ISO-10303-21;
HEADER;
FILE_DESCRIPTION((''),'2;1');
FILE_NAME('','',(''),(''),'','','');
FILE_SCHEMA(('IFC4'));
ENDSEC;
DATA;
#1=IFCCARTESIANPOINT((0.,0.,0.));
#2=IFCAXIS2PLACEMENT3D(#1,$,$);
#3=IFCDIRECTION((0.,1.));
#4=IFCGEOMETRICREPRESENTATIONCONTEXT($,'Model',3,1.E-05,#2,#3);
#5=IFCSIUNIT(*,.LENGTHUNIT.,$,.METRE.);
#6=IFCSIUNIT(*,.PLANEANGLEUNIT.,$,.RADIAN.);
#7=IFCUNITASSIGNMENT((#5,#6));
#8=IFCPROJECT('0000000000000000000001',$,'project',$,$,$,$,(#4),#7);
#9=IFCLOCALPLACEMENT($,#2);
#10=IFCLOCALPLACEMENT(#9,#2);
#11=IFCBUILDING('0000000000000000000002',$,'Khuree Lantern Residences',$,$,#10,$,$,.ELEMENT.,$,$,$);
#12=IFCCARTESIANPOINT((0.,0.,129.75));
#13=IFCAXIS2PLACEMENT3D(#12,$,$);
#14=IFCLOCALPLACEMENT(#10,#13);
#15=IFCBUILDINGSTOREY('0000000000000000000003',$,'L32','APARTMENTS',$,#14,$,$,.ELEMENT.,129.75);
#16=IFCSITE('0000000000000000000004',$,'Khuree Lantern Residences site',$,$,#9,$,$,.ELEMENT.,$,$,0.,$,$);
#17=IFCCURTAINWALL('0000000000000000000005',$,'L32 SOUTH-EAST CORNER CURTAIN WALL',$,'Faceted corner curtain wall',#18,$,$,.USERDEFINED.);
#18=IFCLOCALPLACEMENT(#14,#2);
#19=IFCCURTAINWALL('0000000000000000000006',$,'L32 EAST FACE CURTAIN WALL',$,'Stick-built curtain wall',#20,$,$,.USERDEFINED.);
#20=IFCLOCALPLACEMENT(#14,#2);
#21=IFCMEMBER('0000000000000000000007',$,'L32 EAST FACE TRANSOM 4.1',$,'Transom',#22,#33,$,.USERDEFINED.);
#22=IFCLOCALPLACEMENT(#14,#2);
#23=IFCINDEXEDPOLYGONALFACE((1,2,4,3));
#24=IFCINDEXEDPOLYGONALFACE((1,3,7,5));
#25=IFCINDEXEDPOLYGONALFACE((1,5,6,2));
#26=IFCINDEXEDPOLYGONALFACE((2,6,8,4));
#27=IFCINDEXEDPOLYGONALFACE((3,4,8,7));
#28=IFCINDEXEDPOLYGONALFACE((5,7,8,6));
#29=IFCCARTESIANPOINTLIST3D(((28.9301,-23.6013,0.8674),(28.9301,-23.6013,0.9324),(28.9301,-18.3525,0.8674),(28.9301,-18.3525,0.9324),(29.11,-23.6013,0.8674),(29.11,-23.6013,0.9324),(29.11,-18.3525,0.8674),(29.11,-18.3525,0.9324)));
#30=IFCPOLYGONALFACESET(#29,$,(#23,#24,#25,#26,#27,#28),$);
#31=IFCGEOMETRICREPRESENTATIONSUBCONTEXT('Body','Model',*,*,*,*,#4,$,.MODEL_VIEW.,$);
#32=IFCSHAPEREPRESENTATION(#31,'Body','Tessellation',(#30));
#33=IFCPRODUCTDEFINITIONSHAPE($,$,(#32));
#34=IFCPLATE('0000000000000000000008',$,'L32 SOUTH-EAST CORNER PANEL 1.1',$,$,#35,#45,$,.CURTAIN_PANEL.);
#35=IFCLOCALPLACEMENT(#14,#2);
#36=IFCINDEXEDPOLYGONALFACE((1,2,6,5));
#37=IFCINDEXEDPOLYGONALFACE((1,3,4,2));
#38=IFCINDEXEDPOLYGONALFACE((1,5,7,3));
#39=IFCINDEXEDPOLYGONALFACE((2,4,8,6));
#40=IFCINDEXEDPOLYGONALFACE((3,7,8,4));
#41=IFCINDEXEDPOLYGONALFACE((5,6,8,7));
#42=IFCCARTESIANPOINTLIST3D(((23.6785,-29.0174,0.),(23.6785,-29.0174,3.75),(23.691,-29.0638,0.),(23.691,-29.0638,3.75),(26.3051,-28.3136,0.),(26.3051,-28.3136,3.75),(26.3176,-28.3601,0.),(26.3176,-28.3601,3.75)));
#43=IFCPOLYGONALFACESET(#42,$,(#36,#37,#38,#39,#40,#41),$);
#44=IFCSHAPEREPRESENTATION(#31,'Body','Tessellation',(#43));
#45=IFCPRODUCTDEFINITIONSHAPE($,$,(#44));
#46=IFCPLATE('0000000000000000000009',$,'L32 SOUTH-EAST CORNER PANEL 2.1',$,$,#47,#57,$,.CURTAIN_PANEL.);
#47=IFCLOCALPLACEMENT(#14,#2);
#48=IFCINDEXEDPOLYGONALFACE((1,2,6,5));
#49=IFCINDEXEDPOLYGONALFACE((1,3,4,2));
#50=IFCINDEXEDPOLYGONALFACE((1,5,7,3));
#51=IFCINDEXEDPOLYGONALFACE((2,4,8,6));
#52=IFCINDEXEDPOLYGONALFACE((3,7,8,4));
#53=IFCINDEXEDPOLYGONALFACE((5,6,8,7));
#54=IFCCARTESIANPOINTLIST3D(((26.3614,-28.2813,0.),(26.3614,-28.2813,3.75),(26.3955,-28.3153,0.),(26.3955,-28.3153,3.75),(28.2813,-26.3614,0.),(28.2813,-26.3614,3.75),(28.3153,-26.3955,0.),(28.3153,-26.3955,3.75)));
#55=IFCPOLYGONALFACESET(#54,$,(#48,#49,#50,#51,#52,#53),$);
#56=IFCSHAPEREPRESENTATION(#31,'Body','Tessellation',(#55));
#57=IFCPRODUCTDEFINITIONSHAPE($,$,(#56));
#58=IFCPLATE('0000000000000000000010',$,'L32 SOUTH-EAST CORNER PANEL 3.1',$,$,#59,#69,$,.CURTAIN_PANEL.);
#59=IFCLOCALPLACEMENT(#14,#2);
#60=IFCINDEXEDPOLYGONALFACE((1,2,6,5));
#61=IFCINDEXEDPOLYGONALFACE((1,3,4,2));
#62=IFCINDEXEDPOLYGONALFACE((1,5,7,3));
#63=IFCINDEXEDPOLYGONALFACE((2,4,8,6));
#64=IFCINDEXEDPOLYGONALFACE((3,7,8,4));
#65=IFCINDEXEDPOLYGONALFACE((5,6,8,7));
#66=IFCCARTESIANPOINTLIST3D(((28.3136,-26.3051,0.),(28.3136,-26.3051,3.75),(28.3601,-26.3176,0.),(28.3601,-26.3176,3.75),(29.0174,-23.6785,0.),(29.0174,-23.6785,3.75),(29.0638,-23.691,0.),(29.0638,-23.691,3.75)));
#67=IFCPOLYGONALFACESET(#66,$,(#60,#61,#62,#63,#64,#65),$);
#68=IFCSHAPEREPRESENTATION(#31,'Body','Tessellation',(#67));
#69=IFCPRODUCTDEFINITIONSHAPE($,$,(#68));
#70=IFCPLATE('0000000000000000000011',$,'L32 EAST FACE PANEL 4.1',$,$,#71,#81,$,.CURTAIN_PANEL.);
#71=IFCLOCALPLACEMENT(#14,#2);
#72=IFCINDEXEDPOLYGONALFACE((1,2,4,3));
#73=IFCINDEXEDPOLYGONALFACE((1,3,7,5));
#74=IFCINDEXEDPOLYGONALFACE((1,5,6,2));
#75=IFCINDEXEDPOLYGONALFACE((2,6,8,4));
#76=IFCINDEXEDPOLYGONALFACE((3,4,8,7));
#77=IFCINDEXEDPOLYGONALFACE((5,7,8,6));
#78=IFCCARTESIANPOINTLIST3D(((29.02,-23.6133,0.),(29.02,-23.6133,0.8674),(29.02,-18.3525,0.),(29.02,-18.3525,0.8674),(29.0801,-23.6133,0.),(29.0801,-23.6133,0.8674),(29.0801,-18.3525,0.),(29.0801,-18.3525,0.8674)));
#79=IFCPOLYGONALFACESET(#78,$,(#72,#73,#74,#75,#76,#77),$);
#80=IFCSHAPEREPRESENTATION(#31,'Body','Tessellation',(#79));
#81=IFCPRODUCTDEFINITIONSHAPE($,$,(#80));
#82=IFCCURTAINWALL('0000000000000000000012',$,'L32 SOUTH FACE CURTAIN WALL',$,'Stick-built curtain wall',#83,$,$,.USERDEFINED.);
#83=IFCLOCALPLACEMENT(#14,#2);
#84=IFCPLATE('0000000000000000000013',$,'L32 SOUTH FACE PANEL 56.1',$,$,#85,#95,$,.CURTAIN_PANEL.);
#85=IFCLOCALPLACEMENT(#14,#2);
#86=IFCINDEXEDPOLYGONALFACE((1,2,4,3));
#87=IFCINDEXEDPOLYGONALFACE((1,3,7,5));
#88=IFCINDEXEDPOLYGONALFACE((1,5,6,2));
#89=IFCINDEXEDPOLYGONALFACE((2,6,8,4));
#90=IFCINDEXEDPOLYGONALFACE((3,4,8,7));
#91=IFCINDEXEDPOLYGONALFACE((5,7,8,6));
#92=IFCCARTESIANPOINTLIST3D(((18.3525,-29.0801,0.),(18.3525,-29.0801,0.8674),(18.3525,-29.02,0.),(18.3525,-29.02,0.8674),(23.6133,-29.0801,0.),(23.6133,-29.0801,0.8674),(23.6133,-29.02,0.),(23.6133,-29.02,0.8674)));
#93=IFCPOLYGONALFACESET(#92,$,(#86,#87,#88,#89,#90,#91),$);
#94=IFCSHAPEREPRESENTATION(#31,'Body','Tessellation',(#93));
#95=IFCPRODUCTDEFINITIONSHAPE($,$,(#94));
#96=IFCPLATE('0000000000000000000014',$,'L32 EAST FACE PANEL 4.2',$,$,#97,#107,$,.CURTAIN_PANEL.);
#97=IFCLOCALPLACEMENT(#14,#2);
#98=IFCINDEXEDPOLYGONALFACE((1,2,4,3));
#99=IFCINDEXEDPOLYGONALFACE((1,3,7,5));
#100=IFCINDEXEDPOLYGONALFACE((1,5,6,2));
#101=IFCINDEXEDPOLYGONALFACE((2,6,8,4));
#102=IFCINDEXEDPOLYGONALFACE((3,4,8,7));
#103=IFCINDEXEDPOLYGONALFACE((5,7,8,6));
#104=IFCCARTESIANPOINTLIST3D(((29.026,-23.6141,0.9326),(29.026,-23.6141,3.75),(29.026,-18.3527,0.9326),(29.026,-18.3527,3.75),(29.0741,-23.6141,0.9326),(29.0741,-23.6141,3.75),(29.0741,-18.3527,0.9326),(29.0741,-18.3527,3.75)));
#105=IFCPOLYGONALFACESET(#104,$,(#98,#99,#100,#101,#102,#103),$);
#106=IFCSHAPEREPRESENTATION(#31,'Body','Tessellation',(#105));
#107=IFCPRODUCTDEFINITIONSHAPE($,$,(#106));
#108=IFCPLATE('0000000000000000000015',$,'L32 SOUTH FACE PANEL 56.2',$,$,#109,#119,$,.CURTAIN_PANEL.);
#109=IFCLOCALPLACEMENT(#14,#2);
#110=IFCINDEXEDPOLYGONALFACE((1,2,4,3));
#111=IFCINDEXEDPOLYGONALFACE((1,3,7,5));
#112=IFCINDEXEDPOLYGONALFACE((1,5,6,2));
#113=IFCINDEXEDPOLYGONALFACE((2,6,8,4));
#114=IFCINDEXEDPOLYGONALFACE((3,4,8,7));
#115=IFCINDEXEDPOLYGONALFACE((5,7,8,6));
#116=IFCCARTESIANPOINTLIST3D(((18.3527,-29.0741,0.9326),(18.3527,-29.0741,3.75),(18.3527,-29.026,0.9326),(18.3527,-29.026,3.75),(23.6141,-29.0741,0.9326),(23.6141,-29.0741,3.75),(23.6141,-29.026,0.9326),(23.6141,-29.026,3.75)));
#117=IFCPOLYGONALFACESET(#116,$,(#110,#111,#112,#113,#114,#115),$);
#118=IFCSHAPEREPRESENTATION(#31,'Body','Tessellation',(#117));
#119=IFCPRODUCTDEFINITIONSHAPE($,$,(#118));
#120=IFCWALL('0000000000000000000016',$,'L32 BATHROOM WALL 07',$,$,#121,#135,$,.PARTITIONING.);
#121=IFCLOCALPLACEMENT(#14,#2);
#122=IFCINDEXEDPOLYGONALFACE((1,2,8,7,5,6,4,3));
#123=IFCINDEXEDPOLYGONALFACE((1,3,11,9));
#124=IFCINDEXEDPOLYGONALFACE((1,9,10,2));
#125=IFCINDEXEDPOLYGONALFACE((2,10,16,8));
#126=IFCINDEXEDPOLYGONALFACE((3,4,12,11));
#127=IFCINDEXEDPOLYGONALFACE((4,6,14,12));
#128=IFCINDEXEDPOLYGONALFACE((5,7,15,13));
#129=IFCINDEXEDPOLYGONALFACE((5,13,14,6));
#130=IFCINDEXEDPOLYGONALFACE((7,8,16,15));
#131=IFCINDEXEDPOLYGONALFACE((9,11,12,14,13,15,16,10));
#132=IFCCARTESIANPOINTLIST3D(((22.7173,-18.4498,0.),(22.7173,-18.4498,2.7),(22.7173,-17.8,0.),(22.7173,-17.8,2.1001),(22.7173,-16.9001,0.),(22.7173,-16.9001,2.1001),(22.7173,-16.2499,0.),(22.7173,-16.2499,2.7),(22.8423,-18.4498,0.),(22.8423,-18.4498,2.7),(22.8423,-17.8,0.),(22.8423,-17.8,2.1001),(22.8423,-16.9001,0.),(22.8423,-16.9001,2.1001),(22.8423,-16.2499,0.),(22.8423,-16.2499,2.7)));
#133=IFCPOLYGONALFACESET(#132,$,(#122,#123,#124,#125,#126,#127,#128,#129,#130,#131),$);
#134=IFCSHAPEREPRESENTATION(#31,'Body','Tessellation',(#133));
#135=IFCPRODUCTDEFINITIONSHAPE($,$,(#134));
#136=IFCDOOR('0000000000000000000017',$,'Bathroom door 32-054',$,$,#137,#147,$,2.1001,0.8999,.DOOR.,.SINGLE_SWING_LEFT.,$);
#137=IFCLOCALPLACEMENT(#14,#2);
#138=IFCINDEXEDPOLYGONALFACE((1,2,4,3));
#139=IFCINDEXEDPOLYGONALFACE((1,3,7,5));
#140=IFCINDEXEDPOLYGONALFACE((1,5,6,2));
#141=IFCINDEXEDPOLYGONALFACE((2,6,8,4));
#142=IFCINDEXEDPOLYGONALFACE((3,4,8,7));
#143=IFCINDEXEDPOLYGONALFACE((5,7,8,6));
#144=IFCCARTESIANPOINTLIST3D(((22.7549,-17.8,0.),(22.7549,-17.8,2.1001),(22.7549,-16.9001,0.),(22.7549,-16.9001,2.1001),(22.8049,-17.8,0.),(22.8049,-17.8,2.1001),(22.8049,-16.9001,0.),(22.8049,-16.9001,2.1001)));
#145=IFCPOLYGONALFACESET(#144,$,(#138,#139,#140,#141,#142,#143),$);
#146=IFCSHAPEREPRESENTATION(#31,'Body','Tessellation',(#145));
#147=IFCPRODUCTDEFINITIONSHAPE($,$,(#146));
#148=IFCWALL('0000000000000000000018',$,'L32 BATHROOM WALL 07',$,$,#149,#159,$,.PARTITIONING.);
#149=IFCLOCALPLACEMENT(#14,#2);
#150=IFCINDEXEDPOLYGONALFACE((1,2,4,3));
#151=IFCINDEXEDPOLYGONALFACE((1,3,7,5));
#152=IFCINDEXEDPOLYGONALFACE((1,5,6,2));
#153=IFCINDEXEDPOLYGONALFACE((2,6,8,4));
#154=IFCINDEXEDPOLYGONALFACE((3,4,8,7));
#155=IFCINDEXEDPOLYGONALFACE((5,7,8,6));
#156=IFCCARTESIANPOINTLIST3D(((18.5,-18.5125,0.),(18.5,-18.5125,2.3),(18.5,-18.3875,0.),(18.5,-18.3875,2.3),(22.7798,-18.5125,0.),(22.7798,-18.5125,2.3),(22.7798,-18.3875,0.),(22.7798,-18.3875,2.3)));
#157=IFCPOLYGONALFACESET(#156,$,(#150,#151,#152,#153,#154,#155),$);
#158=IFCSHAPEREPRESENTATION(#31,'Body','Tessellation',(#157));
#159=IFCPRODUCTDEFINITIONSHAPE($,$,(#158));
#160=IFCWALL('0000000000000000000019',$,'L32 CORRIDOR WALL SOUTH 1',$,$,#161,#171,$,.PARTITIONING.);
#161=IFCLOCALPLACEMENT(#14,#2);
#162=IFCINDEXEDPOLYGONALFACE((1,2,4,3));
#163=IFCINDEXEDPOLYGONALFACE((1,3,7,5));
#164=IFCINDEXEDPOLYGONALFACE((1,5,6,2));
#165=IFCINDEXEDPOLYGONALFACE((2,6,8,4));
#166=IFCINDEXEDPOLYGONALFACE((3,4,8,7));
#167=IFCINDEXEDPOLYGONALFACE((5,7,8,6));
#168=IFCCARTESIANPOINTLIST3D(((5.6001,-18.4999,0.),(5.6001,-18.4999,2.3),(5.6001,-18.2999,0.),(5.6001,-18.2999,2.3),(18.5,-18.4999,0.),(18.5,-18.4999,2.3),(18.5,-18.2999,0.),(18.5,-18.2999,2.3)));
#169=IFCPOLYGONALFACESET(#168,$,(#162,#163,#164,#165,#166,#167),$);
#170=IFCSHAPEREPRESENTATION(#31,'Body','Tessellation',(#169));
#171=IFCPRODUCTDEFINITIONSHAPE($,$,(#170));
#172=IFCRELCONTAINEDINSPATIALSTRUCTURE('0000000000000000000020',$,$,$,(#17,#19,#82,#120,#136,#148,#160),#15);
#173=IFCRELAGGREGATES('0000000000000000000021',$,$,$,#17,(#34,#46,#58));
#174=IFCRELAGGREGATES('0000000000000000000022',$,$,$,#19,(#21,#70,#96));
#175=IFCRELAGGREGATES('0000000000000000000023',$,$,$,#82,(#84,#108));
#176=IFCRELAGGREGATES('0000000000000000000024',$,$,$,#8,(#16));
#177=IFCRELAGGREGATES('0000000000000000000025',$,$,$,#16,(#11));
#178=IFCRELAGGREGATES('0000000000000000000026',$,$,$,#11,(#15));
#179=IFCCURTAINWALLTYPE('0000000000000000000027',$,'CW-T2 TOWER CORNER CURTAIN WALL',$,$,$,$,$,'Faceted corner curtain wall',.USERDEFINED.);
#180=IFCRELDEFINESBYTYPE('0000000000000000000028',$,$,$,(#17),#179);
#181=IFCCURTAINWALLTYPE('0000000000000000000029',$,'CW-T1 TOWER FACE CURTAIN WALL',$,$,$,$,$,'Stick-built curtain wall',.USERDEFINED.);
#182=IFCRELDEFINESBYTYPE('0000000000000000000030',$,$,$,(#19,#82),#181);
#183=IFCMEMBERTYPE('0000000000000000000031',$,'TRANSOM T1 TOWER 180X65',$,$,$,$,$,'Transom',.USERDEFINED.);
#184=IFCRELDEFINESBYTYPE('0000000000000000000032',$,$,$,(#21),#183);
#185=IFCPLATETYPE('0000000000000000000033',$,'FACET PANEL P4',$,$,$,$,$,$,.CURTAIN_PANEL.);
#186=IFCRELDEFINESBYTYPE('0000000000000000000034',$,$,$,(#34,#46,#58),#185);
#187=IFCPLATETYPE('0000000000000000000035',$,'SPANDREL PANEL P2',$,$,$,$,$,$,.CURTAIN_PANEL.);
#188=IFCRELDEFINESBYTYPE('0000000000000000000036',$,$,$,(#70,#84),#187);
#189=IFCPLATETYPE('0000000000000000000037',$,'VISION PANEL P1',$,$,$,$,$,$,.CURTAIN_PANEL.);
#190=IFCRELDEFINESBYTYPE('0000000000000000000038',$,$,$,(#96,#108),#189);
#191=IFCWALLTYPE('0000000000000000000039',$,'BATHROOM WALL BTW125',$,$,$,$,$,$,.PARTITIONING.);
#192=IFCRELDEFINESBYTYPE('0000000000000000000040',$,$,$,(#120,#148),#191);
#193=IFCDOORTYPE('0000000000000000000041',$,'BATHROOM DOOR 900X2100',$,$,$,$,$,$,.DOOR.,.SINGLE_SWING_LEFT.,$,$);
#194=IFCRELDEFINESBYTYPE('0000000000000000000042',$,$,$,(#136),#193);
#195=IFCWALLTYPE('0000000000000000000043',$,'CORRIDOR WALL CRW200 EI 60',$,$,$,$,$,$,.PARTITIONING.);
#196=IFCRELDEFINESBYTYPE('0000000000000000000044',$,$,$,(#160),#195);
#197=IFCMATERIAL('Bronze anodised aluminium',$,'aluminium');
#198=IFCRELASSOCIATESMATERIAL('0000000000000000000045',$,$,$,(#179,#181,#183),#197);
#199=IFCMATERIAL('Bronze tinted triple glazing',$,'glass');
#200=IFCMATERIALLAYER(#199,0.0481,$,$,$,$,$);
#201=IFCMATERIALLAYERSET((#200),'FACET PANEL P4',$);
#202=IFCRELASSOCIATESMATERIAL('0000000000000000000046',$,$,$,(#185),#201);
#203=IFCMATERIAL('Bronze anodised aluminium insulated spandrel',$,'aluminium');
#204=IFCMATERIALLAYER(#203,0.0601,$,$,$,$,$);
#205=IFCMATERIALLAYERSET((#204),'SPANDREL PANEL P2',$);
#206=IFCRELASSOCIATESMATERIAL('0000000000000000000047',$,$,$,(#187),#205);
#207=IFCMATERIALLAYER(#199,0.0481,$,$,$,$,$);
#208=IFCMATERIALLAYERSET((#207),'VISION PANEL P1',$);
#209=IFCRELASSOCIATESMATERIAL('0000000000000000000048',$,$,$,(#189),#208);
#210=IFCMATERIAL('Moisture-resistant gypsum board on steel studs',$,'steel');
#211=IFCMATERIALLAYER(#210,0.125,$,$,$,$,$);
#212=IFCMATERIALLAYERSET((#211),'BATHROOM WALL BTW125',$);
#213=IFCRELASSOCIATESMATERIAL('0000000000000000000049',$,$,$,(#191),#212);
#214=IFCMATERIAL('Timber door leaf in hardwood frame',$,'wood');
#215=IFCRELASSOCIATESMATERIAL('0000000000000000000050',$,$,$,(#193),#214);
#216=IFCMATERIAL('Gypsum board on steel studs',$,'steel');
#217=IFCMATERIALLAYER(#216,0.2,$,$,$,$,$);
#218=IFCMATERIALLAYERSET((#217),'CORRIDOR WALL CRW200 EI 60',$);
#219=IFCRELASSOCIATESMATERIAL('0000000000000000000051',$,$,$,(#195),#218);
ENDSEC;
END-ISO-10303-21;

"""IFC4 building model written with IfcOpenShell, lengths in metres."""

from ifc_helpers import new_model, si_unit, direction, frame, frame_2d, origin, origin_2d, place, context, subcontext, project, spatial, rectangle, extrude, material, layer, layer_set, material_profile, profile_set, type_object, element, fill, aggregate, save


model = new_model("IFC4")

# Units and contexts
model_context = context("Model", 3, precision=1e-05, world=origin(), true_north=direction((0.0, 1.0)))
body_context = subcontext(model_context, "Body", "Model", "MODEL_VIEW")
ifc_project = project(units=[si_unit("LENGTHUNIT", "METRE"), si_unit("PLANEANGLEUNIT", "RADIAN")], contexts=[model_context])

# Site, building, storey
site_placement = place(None, origin())
site = spatial("IfcSite", under=ifc_project, at=site_placement, Name="Khuree Lantern Residences site", CompositionType="ELEMENT", RefElevation=0.0)
building_placement = place(site_placement, origin())
building = spatial("IfcBuilding", under=site, at=building_placement, Name="Khuree Lantern Residences", CompositionType="ELEMENT")
storey_placement = place(building_placement, frame((0.0, 0.0, 129.75)))
storey = spatial("IfcBuildingStorey", under=building, at=storey_placement, Name="L32", Description="APARTMENTS", CompositionType="ELEMENT", Elevation=129.75)

# Curtain wall
ifc_material_1 = material(Name="Bronze anodised aluminium", Category="aluminium")
curtain_wall_type_1 = type_object("IfcCurtainWallType", Name="CW-T2 TOWER CORNER CURTAIN WALL", ElementType="Faceted corner curtain wall", PredefinedType="USERDEFINED", material=ifc_material_1)
curtain_wall_1_placement = place(storey_placement, origin())
curtain_wall_1 = element("IfcCurtainWall", 1, at=curtain_wall_1_placement, inside=storey, type_object=curtain_wall_type_1, Name="L32 SOUTH-EAST CORNER CURTAIN WALL", ObjectType="Faceted corner curtain wall", PredefinedType="USERDEFINED")

# Curtain wall, member
curtain_wall_type_2 = type_object("IfcCurtainWallType", Name="CW-T1 TOWER FACE CURTAIN WALL", ElementType="Stick-built curtain wall", PredefinedType="USERDEFINED", material=ifc_material_1)
curtain_wall_2_placement = place(storey_placement, origin())
curtain_wall_2 = element("IfcCurtainWall", 2, at=curtain_wall_2_placement, inside=storey, type_object=curtain_wall_type_2, Name="L32 EAST FACE CURTAIN WALL", ObjectType="Stick-built curtain wall", PredefinedType="USERDEFINED")
ifc_material_profile_1 = material_profile(ifc_material_1, rectangle(XDim=0.1799, YDim=0.0649, at=origin_2d()), Name="T1 180X65")
ifc_profile_set_1 = profile_set([ifc_material_profile_1], Name="Bronze anodised aluminium")
member_type_1 = type_object("IfcMemberType", Name="TRANSOM T1 TOWER 180X65", ElementType="Transom", PredefinedType="USERDEFINED", material=ifc_profile_set_1)
member_1_placement = place(storey_placement, frame((29.02, -23.6013, 0.8999), z_axis=(0.0, 1.0, 0.0), x_axis=(-1.0, 0.0, 0.0)))
member_1 = element("IfcMember", 3, at=member_1_placement, type_object=member_type_1, Name="L32 EAST FACE TRANSOM 4.1", ObjectType="Transom", PredefinedType="USERDEFINED", context=body_context, shape_type="SweptSolid", body=[
    extrude(rectangle(XDim=0.1799, YDim=0.0649, at=origin_2d()), origin(), (0.0, 0.0, 1.0), 5.2488),
])

# Plates
ifc_material_2 = material(Name="Bronze tinted triple glazing", Category="glass")
ifc_layer_1 = layer(ifc_material_2, 0.0481)
ifc_layer_set_1 = layer_set([ifc_layer_1], Name="FACET PANEL P4")
plate_type_1 = type_object("IfcPlateType", Name="FACET PANEL P4", PredefinedType="CURTAIN_PANEL", material=ifc_layer_set_1)
plate_1_placement = place(storey_placement, frame((24.998, -28.6887, 0.0), z_axis=(0.0, 0.0, 1.0), x_axis=(0.965926, 0.258819, 0.0)))
plate_1 = element("IfcPlate", 4, at=plate_1_placement, type_object=plate_type_1, Name="L32 SOUTH-EAST CORNER PANEL 1.1", PredefinedType="CURTAIN_PANEL", context=body_context, shape_type="SweptSolid", body=[
    extrude(rectangle(XDim=2.7192, YDim=0.0481, at=origin_2d()), origin(), (0.0, 0.0, 1.0), 3.75),
])
plate_2_placement = place(storey_placement, frame((27.3384, -27.3384, 0.0), z_axis=(0.0, 0.0, 1.0), x_axis=(0.707107, 0.707107, 0.0)))
plate_2 = element("IfcPlate", 5, at=plate_2_placement, type_object=plate_type_1, Name="L32 SOUTH-EAST CORNER PANEL 2.1", PredefinedType="CURTAIN_PANEL", context=body_context, shape_type="SweptSolid", body=[
    extrude(rectangle(XDim=2.7151, YDim=0.0481, at=origin_2d()), origin(), (0.0, 0.0, 1.0), 3.75),
])
plate_3_placement = place(storey_placement, frame((28.6887, -24.998, 0.0), z_axis=(0.0, 0.0, 1.0), x_axis=(0.258819, 0.965926, 0.0)))
plate_3 = element("IfcPlate", 6, at=plate_3_placement, type_object=plate_type_1, Name="L32 SOUTH-EAST CORNER PANEL 3.1", PredefinedType="CURTAIN_PANEL", context=body_context, shape_type="SweptSolid", body=[
    extrude(rectangle(XDim=2.7192, YDim=0.0481, at=origin_2d()), origin(), (0.0, 0.0, 1.0), 3.75),
])
aggregate(curtain_wall_1, [plate_1, plate_2, plate_3])
ifc_material_3 = material(Name="Bronze anodised aluminium insulated spandrel", Category="aluminium")
ifc_layer_2 = layer(ifc_material_3, 0.0601)
ifc_layer_set_2 = layer_set([ifc_layer_2], Name="SPANDREL PANEL P2")
plate_type_2 = type_object("IfcPlateType", Name="SPANDREL PANEL P2", PredefinedType="CURTAIN_PANEL", material=ifc_layer_set_2)
plate_4_placement = place(storey_placement, frame((29.05, -20.9829, 0.0), z_axis=(0.0, 0.0, 1.0), x_axis=(0.0, 1.0, 0.0)))
plate_4 = element("IfcPlate", 7, at=plate_4_placement, type_object=plate_type_2, Name="L32 EAST FACE PANEL 4.1", PredefinedType="CURTAIN_PANEL", context=body_context, shape_type="SweptSolid", body=[
    extrude(rectangle(XDim=5.2607, YDim=0.0601, at=origin_2d()), origin(), (0.0, 0.0, 1.0), 0.8674),
])

# Curtain wall, plate
curtain_wall_3_placement = place(storey_placement, origin())
curtain_wall_3 = element("IfcCurtainWall", 8, at=curtain_wall_3_placement, inside=storey, type_object=curtain_wall_type_2, Name="L32 SOUTH FACE CURTAIN WALL", ObjectType="Stick-built curtain wall", PredefinedType="USERDEFINED")
plate_5_placement = place(storey_placement, frame((20.9829, -29.05, 0.0), z_axis=(0.0, 0.0, 1.0), x_axis=(1.0, 0.0, 0.0)))
plate_5 = element("IfcPlate", 9, at=plate_5_placement, type_object=plate_type_2, Name="L32 SOUTH FACE PANEL 56.1", PredefinedType="CURTAIN_PANEL", context=body_context, shape_type="SweptSolid", body=[
    extrude(rectangle(XDim=5.2607, YDim=0.0601, at=origin_2d()), origin(), (0.0, 0.0, 1.0), 0.8674),
])

# Plates
ifc_layer_3 = layer(ifc_material_2, 0.0481)
ifc_layer_set_3 = layer_set([ifc_layer_3], Name="VISION PANEL P1")
plate_type_3 = type_object("IfcPlateType", Name="VISION PANEL P1", PredefinedType="CURTAIN_PANEL", material=ifc_layer_set_3)
plate_6_placement = place(storey_placement, frame((29.05, -20.9834, 0.9326), z_axis=(0.0, 0.0, 1.0), x_axis=(0.0, 1.0, 0.0)))
plate_6 = element("IfcPlate", 10, at=plate_6_placement, type_object=plate_type_3, Name="L32 EAST FACE PANEL 4.2", PredefinedType="CURTAIN_PANEL", context=body_context, shape_type="SweptSolid", body=[
    extrude(rectangle(XDim=5.2615, YDim=0.0481, at=origin_2d()), origin(), (0.0, 0.0, 1.0), 2.8174),
])
aggregate(curtain_wall_2, [member_1, plate_4, plate_6])
plate_7_placement = place(storey_placement, frame((20.9834, -29.05, 0.9326), z_axis=(0.0, 0.0, 1.0), x_axis=(1.0, 0.0, 0.0)))
plate_7 = element("IfcPlate", 11, at=plate_7_placement, type_object=plate_type_3, Name="L32 SOUTH FACE PANEL 56.2", PredefinedType="CURTAIN_PANEL", context=body_context, shape_type="SweptSolid", body=[
    extrude(rectangle(XDim=5.2615, YDim=0.0481, at=origin_2d()), origin(), (0.0, 0.0, 1.0), 2.8174),
])
aggregate(curtain_wall_3, [plate_5, plate_7])

# Wall, opening, door
ifc_material_4 = material(Name="Moisture-resistant gypsum board on steel studs", Category="steel")
ifc_layer_4 = layer(ifc_material_4, 0.125)
ifc_layer_set_4 = layer_set([ifc_layer_4], Name="BATHROOM WALL BTW125")
wall_type_1 = type_object("IfcWallType", Name="BATHROOM WALL BTW125", PredefinedType="PARTITIONING", material=ifc_layer_set_4)
wall_1_placement = place(storey_placement, frame((22.7798, -18.45, 0.0), z_axis=(0.0, 0.0, 1.0), x_axis=(0.0, 1.0, 0.0)))
wall_1 = element("IfcWall", 12, at=wall_1_placement, inside=storey, type_object=wall_type_1, Name="L32 BATHROOM WALL 07", PredefinedType="PARTITIONING", context=body_context, shape_type="SweptSolid", body=[
    extrude(rectangle(XDim=2.2, YDim=0.125, at=frame_2d((1.1001, 0.0))), origin(), (0.0, 0.0, 1.0), 2.7),
])
opening_placement = place(wall_1_placement, frame((0.6499, 0.0, 0.0)))
opening = element("IfcOpeningElement", 13, at=opening_placement, cuts=wall_1, PredefinedType="OPENING", context=body_context, shape_type="SweptSolid", body=[
    extrude(rectangle(XDim=0.8999, YDim=2.1001, at=frame_2d((0.45, 1.05))), frame((0.0, 0.0725, 0.0), z_axis=(0.0, -1.0, 0.0), x_axis=(1.0, 0.0, 0.0)), (0.0, 0.0, 1.0), 0.145),
])
ifc_material_5 = material(Name="Timber door leaf in hardwood frame", Category="wood")
door_type = type_object("IfcDoorType", Name="BATHROOM DOOR 900X2100", OperationType="SINGLE_SWING_LEFT", PredefinedType="DOOR", material=ifc_material_5)
door_placement = place(opening_placement, origin())
door = element("IfcDoor", 14, at=door_placement, inside=storey, type_object=door_type, Name="Bathroom door 32-054", OperationType="SINGLE_SWING_LEFT", OverallHeight=2.1001, OverallWidth=0.8999, PredefinedType="DOOR", context=body_context, shape_type="SweptSolid", body=[
    extrude(rectangle(XDim=0.8999, YDim=2.1001, at=frame_2d((0.45, 1.05))), frame((0.0, 0.0249, 0.0), z_axis=(0.0, -1.0, 0.0), x_axis=(1.0, 0.0, 0.0)), (0.0, 0.0, 1.0), 0.05),
])
fill(opening, door)

# Walls
wall_2_placement = place(storey_placement, frame((18.5, -18.45, 0.0), z_axis=(0.0, 0.0, 1.0), x_axis=(1.0, 0.0, 0.0)))
element("IfcWall", 15, at=wall_2_placement, inside=storey, type_object=wall_type_1, Name="L32 BATHROOM WALL 07", PredefinedType="PARTITIONING", context=body_context, shape_type="SweptSolid", body=[
    extrude(rectangle(XDim=4.2798, YDim=0.125, at=frame_2d((2.1399, 0.0))), origin(), (0.0, 0.0, 1.0), 2.3),
])
ifc_material_6 = material(Name="Gypsum board on steel studs", Category="steel")
ifc_layer_5 = layer(ifc_material_6, 0.2)
ifc_layer_set_5 = layer_set([ifc_layer_5], Name="CORRIDOR WALL CRW200 EI 60")
wall_type_2 = type_object("IfcWallType", Name="CORRIDOR WALL CRW200 EI 60", PredefinedType="PARTITIONING", material=ifc_layer_set_5)
wall_3_placement = place(storey_placement, frame((18.5, -18.3999, 0.0), z_axis=(0.0, 0.0, 1.0), x_axis=(-1.0, 0.0, 0.0)))
element("IfcWall", 16, at=wall_3_placement, inside=storey, type_object=wall_type_2, Name="L32 CORRIDOR WALL SOUTH 1", PredefinedType="PARTITIONING", context=body_context, shape_type="SweptSolid", body=[
    extrude(rectangle(XDim=12.8999, YDim=0.2, at=frame_2d((6.45, 0.0))), origin(), (0.0, 0.0, 1.0), 2.3),
])

save(model, "model.ifc")
